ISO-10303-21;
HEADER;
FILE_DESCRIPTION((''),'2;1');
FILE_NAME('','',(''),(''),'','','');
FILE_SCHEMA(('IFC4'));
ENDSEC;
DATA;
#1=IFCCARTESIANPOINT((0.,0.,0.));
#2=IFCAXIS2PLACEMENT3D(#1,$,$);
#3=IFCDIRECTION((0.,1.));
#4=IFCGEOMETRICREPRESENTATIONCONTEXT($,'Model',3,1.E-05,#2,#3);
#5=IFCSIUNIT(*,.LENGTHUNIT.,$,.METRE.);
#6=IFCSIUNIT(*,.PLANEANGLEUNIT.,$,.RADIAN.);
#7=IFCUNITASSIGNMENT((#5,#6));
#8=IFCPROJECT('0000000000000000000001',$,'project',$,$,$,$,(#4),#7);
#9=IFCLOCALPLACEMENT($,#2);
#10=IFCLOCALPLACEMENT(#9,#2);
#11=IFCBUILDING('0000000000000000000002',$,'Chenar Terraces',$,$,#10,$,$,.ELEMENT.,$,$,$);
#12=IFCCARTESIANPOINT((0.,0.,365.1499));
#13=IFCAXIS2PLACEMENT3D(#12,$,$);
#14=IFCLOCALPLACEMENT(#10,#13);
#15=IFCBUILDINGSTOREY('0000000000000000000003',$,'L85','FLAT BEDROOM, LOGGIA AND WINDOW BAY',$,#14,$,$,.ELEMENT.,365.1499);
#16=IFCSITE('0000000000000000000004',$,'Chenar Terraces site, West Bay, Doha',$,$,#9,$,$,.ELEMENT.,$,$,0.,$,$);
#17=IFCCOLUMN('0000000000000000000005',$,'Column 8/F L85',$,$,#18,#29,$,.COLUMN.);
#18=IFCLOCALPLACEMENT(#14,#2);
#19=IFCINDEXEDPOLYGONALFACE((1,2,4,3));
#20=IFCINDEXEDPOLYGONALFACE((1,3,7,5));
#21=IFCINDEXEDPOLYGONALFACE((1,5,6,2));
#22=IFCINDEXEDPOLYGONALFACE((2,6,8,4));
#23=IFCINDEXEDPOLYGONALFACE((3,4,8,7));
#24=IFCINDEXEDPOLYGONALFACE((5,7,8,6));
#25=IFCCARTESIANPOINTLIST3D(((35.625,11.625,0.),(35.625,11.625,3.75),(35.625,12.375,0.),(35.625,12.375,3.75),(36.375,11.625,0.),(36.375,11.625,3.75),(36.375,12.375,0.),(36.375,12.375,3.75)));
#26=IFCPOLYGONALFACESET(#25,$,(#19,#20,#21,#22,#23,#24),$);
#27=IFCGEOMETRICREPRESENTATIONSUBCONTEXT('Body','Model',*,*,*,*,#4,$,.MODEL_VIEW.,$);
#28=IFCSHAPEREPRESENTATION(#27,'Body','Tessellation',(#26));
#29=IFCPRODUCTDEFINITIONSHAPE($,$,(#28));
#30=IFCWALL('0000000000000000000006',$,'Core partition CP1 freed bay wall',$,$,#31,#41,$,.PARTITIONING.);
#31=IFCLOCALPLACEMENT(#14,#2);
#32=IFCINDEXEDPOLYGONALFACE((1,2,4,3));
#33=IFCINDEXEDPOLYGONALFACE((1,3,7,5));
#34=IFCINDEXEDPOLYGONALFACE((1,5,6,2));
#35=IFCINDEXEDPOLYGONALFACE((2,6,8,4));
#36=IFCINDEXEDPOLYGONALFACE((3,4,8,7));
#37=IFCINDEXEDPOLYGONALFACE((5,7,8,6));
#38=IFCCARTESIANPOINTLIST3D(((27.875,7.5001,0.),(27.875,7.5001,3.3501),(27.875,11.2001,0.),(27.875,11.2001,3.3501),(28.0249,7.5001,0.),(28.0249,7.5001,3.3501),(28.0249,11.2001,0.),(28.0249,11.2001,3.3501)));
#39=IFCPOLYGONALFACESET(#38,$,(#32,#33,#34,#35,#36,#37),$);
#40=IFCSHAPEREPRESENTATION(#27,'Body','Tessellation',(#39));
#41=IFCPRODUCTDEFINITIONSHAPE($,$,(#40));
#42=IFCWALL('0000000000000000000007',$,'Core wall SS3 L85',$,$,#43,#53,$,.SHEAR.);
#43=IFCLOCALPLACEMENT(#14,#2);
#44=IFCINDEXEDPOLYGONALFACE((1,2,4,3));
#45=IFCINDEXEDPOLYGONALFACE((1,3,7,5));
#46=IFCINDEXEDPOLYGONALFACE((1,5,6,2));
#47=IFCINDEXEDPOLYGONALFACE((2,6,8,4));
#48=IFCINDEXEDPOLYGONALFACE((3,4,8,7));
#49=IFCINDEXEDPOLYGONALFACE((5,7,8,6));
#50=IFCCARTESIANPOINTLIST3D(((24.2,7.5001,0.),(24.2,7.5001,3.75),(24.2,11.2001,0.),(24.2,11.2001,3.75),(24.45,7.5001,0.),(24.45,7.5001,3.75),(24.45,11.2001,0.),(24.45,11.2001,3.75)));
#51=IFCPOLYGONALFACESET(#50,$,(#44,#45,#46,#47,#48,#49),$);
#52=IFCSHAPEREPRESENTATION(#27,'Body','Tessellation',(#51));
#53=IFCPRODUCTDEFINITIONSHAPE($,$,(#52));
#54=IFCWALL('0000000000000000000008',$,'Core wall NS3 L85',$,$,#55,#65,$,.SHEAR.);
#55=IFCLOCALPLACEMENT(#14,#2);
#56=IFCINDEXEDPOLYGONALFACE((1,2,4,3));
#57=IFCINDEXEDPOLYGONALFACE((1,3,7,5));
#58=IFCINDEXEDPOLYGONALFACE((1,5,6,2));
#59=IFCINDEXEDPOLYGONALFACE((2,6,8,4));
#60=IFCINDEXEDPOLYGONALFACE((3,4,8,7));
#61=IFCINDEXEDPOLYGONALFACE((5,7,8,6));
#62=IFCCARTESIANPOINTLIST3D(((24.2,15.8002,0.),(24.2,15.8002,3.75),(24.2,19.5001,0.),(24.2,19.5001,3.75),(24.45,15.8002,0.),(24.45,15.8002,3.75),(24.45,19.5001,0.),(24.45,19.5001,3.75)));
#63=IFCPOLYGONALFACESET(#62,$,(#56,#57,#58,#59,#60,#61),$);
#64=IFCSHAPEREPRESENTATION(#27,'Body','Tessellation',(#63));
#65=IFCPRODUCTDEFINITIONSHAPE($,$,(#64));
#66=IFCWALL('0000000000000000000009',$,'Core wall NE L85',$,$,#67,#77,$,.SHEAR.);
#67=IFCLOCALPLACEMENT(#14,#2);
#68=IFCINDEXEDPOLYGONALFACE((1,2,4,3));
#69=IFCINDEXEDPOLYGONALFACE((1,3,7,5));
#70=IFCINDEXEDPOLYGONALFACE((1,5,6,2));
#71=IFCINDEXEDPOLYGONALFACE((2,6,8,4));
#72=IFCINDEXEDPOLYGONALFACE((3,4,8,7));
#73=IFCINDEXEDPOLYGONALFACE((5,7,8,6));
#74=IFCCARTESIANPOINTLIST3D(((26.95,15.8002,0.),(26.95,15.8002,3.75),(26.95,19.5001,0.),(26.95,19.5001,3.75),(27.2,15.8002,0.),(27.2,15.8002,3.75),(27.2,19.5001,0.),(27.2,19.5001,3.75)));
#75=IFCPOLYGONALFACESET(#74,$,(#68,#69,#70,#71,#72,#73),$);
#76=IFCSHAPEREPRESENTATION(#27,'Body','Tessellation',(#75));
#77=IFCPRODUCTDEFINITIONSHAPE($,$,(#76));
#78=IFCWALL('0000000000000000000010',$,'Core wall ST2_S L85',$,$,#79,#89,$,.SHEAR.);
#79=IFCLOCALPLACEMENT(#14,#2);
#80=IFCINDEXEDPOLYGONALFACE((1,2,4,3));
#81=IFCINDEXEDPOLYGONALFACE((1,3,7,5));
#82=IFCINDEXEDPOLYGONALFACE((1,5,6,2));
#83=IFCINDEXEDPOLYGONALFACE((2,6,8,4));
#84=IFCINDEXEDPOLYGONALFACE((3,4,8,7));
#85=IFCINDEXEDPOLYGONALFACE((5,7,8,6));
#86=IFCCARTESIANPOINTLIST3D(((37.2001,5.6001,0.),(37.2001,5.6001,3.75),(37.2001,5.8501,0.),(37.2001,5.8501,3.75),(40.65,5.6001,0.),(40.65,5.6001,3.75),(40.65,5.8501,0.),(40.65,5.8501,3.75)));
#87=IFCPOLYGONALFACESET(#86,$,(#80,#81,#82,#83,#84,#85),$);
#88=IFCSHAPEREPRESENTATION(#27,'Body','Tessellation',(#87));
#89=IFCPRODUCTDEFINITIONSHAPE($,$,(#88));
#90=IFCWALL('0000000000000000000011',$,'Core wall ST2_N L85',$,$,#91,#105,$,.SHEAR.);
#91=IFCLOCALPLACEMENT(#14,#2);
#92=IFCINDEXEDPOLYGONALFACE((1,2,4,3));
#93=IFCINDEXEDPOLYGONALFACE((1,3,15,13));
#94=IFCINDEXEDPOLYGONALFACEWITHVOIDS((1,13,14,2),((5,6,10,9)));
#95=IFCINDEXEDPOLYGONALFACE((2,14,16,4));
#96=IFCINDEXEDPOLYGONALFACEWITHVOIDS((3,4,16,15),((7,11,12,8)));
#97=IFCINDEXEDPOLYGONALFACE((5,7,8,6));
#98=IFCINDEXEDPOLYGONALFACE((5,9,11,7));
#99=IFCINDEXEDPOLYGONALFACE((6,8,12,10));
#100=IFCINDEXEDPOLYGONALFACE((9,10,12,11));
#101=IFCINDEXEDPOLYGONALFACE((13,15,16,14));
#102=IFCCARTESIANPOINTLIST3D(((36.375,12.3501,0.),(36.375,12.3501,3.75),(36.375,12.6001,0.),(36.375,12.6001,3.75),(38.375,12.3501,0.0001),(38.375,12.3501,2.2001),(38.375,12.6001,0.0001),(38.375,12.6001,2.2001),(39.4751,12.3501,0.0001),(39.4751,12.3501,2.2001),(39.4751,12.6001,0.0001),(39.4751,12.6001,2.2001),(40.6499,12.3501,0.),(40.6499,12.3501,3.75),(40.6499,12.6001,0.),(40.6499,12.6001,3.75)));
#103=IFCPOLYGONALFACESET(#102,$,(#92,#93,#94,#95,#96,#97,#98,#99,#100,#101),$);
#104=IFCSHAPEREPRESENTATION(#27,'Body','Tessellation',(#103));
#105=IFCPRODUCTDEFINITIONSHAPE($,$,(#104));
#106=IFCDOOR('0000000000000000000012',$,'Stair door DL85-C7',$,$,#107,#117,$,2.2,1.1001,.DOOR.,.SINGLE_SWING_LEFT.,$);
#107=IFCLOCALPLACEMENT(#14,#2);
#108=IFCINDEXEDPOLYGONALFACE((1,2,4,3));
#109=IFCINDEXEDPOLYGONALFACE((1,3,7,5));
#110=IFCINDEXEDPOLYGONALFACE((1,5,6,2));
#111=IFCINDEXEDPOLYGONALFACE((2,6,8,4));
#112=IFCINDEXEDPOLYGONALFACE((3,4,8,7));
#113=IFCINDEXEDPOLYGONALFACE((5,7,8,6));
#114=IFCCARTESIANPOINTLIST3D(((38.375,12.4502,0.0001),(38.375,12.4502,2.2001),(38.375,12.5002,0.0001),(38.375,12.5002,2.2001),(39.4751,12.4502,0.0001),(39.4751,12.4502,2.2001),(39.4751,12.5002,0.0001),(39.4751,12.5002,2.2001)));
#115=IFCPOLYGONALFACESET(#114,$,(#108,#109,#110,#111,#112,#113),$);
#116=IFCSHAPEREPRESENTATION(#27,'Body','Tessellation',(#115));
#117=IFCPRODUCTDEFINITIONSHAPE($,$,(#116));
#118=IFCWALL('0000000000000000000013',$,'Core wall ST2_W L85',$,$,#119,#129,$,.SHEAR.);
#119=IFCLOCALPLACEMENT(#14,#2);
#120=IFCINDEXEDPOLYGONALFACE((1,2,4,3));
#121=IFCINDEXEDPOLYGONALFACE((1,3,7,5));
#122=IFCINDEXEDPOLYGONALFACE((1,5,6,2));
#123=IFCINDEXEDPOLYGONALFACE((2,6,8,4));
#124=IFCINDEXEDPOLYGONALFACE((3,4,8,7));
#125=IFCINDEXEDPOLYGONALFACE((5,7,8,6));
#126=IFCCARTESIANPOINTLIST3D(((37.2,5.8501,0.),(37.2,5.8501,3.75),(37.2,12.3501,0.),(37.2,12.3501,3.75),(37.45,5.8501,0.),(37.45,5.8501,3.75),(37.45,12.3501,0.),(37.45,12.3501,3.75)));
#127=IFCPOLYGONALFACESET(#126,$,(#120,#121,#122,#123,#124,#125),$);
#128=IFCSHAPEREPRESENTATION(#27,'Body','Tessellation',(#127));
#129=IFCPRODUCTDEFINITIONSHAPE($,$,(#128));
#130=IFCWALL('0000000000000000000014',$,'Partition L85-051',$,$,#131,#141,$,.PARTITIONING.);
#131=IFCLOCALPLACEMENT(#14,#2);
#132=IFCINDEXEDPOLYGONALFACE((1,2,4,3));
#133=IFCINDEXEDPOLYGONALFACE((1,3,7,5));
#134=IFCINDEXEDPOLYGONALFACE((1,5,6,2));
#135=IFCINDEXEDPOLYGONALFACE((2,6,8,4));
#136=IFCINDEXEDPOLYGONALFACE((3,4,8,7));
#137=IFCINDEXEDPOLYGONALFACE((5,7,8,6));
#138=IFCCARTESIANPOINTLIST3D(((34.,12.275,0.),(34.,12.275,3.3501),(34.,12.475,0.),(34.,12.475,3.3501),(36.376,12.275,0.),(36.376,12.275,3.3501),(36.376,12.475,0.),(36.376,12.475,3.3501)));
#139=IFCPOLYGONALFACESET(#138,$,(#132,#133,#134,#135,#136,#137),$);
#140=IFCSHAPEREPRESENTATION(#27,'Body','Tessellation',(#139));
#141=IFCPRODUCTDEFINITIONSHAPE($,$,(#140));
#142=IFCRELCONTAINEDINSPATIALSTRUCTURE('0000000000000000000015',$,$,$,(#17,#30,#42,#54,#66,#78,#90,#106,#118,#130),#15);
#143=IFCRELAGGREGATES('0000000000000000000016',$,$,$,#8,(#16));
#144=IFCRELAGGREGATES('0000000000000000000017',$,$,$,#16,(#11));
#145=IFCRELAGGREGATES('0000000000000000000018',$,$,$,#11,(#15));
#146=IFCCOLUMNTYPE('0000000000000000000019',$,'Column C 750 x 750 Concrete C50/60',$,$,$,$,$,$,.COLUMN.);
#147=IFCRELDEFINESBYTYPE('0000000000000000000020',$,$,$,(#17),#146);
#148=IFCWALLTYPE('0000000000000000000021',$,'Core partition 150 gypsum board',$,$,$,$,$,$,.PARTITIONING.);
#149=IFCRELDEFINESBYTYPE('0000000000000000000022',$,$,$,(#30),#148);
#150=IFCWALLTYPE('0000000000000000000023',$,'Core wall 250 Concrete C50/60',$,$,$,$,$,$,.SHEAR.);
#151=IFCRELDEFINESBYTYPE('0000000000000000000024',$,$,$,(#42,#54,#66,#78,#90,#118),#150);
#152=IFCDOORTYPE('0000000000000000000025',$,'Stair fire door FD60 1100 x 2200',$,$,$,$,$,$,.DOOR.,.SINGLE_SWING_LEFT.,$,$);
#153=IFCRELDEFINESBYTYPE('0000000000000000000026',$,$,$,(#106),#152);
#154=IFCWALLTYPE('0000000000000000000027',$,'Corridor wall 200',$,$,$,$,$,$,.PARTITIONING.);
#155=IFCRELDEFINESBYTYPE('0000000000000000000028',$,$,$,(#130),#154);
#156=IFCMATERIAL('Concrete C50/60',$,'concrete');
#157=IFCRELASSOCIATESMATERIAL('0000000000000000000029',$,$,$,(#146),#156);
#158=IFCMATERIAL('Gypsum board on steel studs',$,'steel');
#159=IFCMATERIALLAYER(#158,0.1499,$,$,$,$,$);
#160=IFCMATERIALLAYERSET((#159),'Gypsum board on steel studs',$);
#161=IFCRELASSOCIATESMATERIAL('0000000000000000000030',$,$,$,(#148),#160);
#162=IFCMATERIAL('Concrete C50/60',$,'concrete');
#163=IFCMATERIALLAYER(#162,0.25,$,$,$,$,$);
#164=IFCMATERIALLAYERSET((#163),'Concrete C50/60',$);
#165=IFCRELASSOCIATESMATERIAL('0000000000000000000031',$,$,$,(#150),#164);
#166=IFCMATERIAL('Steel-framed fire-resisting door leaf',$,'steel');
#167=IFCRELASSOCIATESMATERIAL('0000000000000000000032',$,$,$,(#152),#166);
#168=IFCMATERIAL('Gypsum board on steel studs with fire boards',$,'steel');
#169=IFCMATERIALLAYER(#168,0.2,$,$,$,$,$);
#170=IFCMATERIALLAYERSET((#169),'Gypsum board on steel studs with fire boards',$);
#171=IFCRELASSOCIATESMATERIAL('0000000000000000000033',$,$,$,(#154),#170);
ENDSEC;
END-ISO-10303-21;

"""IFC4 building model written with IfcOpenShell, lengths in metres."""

from ifc_helpers import new_model, si_unit, direction, frame, frame_2d, origin, origin_2d, place, context, subcontext, project, spatial, rectangle, extrude, material, layer, layer_set, material_profile, profile_set, type_object, element, fill, save


model = new_model("IFC4")

# Units and contexts
model_context = context("Model", 3, precision=1e-05, world=origin(), true_north=direction((0.0, 1.0)))
body_context = subcontext(model_context, "Body", "Model", "MODEL_VIEW")
ifc_project = project(units=[si_unit("LENGTHUNIT", "METRE"), si_unit("PLANEANGLEUNIT", "RADIAN")], contexts=[model_context])

# Site, building, storey
site_placement = place(None, origin())
site = spatial("IfcSite", under=ifc_project, at=site_placement, Name="Chenar Terraces site, West Bay, Doha", CompositionType="ELEMENT", RefElevation=0.0)
building_placement = place(site_placement, origin())
building = spatial("IfcBuilding", under=site, at=building_placement, Name="Chenar Terraces", CompositionType="ELEMENT")
storey_placement = place(building_placement, frame((0.0, 0.0, 365.1499)))
storey = spatial("IfcBuildingStorey", under=building, at=storey_placement, Name="L85", Description="FLAT BEDROOM, LOGGIA AND WINDOW BAY", CompositionType="ELEMENT", Elevation=365.1499)

# Column
ifc_material_1 = material(Name="Concrete C50/60", Category="concrete")
ifc_material_profile = material_profile(ifc_material_1, rectangle(XDim=0.75, YDim=0.75, at=origin_2d()), Name="C 750 x 750")
ifc_profile_set = profile_set([ifc_material_profile], Name="Concrete C50/60")
column_type = type_object("IfcColumnType", Name="Column C 750 x 750 Concrete C50/60", PredefinedType="COLUMN", material=ifc_profile_set)
column_placement = place(storey_placement, frame((36.0, 12.0, 0.0), z_axis=(0.0, 0.0, 1.0), x_axis=(1.0, 0.0, 0.0)))
element("IfcColumn", 1, at=column_placement, inside=storey, type_object=column_type, Name="Column 8/F L85", PredefinedType="COLUMN", context=body_context, shape_type="SweptSolid", body=[
    extrude(rectangle(XDim=0.75, YDim=0.75, at=origin_2d()), origin(), (0.0, 0.0, 1.0), 3.75),
])

# Walls
ifc_material_2 = material(Name="Gypsum board on steel studs", Category="steel")
ifc_layer_1 = layer(ifc_material_2, 0.1499)
ifc_layer_set_1 = layer_set([ifc_layer_1], Name="Gypsum board on steel studs")
wall_type_1 = type_object("IfcWallType", Name="Core partition 150 gypsum board", PredefinedType="PARTITIONING", material=ifc_layer_set_1)
wall_1_placement = place(storey_placement, frame((27.95, 7.5, 0.0), z_axis=(0.0, 0.0, 1.0), x_axis=(0.0, 1.0, 0.0)))
element("IfcWall", 2, at=wall_1_placement, inside=storey, type_object=wall_type_1, Name="Core partition CP1 freed bay wall", PredefinedType="PARTITIONING", context=body_context, shape_type="SweptSolid", body=[
    extrude(rectangle(XDim=3.7, YDim=0.1499, at=frame_2d((1.8501, 0.0))), origin(), (0.0, 0.0, 1.0), 3.3501),
])
ifc_material_3 = material(Name="Concrete C50/60", Category="concrete")
ifc_layer_2 = layer(ifc_material_3, 0.25)
ifc_layer_set_2 = layer_set([ifc_layer_2], Name="Concrete C50/60")
wall_type_2 = type_object("IfcWallType", Name="Core wall 250 Concrete C50/60", PredefinedType="SHEAR", material=ifc_layer_set_2)
for number, where, z_axis, x_axis, name in (
    (3, (24.325, 7.5, 0.0), (0.0, 0.0, 1.0), (0.0, 1.0, 0.0), "Core wall SS3 L85"),
    (4, (24.325, 15.8, 0.0), (0.0, 0.0, 1.0), (0.0, 1.0, 0.0), "Core wall NS3 L85"),
    (5, (27.075, 15.8, 0.0), (0.0, 0.0, 1.0), (0.0, 1.0, 0.0), "Core wall NE L85"),
):
    element("IfcWall", number, at=place(storey_placement, frame(where, z_axis=z_axis, x_axis=x_axis)), inside=storey, type_object=wall_type_2, Name=name, PredefinedType="SHEAR", context=body_context, shape_type="SweptSolid", body=[
        extrude(rectangle(XDim=3.7, YDim=0.25, at=frame_2d((1.8501, 0.0))), origin(), (0.0, 0.0, 1.0), 3.75),
    ])
wall_2_placement = place(storey_placement, frame((37.2, 5.7251, 0.0), z_axis=(0.0, 0.0, 1.0), x_axis=(1.0, 0.0, 0.0)))
element("IfcWall", 6, at=wall_2_placement, inside=storey, type_object=wall_type_2, Name="Core wall ST2_S L85", PredefinedType="SHEAR", context=body_context, shape_type="SweptSolid", body=[
    extrude(rectangle(XDim=3.45, YDim=0.25, at=frame_2d((1.7251, 0.0))), origin(), (0.0, 0.0, 1.0), 3.75),
])

# Wall, opening, door
wall_3_placement = place(storey_placement, frame((36.375, 12.4751, 0.0), z_axis=(0.0, 0.0, 1.0), x_axis=(1.0, 0.0, 0.0)))
wall_3 = element("IfcWall", 7, at=wall_3_placement, inside=storey, type_object=wall_type_2, Name="Core wall ST2_N L85", PredefinedType="SHEAR", context=body_context, shape_type="SweptSolid", body=[
    extrude(rectangle(XDim=4.2749, YDim=0.25, at=frame_2d((2.1375, 0.0))), origin(), (0.0, 0.0, 1.0), 3.75),
])
opening_1_placement = place(wall_3_placement, frame((2.0, 0.0, 0.0)))
opening_1 = element("IfcOpeningElement", 8, at=opening_1_placement, cuts=wall_3, PredefinedType="OPENING", context=body_context, shape_type="SweptSolid", body=[
    extrude(rectangle(XDim=1.1001, YDim=2.2, at=frame_2d((0.55, 1.1001))), frame((0.0, 0.135, 0.0), z_axis=(0.0, -1.0, 0.0), x_axis=(1.0, 0.0, 0.0)), (0.0, 0.0, 1.0), 0.27),
])
ifc_material_4 = material(Name="Steel-framed fire-resisting door leaf", Category="steel")
door_type_1 = type_object("IfcDoorType", Name="Stair fire door FD60 1100 x 2200", OperationType="SINGLE_SWING_LEFT", PredefinedType="DOOR", material=ifc_material_4)
door_1_placement = place(opening_1_placement, frame((1.1001, 0.0, 0.0), z_axis=(0.0, 0.0, 1.0), x_axis=(-1.0, 0.0, 0.0)))
door_1 = element("IfcDoor", 9, at=door_1_placement, inside=storey, type_object=door_type_1, Name="Stair door DL85-C7", OperationType="SINGLE_SWING_LEFT", OverallHeight=2.2, OverallWidth=1.1001, PredefinedType="DOOR", context=body_context, shape_type="SweptSolid", body=[
    extrude(rectangle(XDim=1.1001, YDim=2.2, at=frame_2d((0.55, 1.1001))), frame((0.0, 0.0249, 0.0), z_axis=(0.0, -1.0, 0.0), x_axis=(1.0, 0.0, 0.0)), (0.0, 0.0, 1.0), 0.05),
])
fill(opening_1, door_1)

# Wall
wall_4_placement = place(storey_placement, frame((37.325, 5.8501, 0.0), z_axis=(0.0, 0.0, 1.0), x_axis=(0.0, 1.0, 0.0)))
element("IfcWall", 10, at=wall_4_placement, inside=storey, type_object=wall_type_2, Name="Core wall ST2_W L85", PredefinedType="SHEAR", context=body_context, shape_type="SweptSolid", body=[
    extrude(rectangle(XDim=6.5, YDim=0.25, at=frame_2d((3.25, 0.0))), origin(), (0.0, 0.0, 1.0), 3.75),
])

# Wall
ifc_material_5 = material(Name="Gypsum board on steel studs with fire boards", Category="steel")
ifc_layer_3 = layer(ifc_material_5, 0.2)
ifc_layer_set_3 = layer_set([ifc_layer_3], Name="Gypsum board on steel studs with fire boards")
wall_type_3 = type_object("IfcWallType", Name="Corridor wall 200", PredefinedType="PARTITIONING", material=ifc_layer_set_3)
wall_5_placement = place(storey_placement, frame((34.0, 12.375, 0.0), z_axis=(0.0, 0.0, 1.0), x_axis=(1.0, 0.0, 0.0)))
element("IfcWall", 11, at=wall_5_placement, inside=storey, type_object=wall_type_3, Name="Partition L85-051", PredefinedType="PARTITIONING", context=body_context, shape_type="SweptSolid", body=[
    extrude(rectangle(XDim=2.376, YDim=0.2, at=frame_2d((1.188, 0.0))), origin(), (0.0, 0.0, 1.0), 3.3501),
])

save(model, "model.ifc")
